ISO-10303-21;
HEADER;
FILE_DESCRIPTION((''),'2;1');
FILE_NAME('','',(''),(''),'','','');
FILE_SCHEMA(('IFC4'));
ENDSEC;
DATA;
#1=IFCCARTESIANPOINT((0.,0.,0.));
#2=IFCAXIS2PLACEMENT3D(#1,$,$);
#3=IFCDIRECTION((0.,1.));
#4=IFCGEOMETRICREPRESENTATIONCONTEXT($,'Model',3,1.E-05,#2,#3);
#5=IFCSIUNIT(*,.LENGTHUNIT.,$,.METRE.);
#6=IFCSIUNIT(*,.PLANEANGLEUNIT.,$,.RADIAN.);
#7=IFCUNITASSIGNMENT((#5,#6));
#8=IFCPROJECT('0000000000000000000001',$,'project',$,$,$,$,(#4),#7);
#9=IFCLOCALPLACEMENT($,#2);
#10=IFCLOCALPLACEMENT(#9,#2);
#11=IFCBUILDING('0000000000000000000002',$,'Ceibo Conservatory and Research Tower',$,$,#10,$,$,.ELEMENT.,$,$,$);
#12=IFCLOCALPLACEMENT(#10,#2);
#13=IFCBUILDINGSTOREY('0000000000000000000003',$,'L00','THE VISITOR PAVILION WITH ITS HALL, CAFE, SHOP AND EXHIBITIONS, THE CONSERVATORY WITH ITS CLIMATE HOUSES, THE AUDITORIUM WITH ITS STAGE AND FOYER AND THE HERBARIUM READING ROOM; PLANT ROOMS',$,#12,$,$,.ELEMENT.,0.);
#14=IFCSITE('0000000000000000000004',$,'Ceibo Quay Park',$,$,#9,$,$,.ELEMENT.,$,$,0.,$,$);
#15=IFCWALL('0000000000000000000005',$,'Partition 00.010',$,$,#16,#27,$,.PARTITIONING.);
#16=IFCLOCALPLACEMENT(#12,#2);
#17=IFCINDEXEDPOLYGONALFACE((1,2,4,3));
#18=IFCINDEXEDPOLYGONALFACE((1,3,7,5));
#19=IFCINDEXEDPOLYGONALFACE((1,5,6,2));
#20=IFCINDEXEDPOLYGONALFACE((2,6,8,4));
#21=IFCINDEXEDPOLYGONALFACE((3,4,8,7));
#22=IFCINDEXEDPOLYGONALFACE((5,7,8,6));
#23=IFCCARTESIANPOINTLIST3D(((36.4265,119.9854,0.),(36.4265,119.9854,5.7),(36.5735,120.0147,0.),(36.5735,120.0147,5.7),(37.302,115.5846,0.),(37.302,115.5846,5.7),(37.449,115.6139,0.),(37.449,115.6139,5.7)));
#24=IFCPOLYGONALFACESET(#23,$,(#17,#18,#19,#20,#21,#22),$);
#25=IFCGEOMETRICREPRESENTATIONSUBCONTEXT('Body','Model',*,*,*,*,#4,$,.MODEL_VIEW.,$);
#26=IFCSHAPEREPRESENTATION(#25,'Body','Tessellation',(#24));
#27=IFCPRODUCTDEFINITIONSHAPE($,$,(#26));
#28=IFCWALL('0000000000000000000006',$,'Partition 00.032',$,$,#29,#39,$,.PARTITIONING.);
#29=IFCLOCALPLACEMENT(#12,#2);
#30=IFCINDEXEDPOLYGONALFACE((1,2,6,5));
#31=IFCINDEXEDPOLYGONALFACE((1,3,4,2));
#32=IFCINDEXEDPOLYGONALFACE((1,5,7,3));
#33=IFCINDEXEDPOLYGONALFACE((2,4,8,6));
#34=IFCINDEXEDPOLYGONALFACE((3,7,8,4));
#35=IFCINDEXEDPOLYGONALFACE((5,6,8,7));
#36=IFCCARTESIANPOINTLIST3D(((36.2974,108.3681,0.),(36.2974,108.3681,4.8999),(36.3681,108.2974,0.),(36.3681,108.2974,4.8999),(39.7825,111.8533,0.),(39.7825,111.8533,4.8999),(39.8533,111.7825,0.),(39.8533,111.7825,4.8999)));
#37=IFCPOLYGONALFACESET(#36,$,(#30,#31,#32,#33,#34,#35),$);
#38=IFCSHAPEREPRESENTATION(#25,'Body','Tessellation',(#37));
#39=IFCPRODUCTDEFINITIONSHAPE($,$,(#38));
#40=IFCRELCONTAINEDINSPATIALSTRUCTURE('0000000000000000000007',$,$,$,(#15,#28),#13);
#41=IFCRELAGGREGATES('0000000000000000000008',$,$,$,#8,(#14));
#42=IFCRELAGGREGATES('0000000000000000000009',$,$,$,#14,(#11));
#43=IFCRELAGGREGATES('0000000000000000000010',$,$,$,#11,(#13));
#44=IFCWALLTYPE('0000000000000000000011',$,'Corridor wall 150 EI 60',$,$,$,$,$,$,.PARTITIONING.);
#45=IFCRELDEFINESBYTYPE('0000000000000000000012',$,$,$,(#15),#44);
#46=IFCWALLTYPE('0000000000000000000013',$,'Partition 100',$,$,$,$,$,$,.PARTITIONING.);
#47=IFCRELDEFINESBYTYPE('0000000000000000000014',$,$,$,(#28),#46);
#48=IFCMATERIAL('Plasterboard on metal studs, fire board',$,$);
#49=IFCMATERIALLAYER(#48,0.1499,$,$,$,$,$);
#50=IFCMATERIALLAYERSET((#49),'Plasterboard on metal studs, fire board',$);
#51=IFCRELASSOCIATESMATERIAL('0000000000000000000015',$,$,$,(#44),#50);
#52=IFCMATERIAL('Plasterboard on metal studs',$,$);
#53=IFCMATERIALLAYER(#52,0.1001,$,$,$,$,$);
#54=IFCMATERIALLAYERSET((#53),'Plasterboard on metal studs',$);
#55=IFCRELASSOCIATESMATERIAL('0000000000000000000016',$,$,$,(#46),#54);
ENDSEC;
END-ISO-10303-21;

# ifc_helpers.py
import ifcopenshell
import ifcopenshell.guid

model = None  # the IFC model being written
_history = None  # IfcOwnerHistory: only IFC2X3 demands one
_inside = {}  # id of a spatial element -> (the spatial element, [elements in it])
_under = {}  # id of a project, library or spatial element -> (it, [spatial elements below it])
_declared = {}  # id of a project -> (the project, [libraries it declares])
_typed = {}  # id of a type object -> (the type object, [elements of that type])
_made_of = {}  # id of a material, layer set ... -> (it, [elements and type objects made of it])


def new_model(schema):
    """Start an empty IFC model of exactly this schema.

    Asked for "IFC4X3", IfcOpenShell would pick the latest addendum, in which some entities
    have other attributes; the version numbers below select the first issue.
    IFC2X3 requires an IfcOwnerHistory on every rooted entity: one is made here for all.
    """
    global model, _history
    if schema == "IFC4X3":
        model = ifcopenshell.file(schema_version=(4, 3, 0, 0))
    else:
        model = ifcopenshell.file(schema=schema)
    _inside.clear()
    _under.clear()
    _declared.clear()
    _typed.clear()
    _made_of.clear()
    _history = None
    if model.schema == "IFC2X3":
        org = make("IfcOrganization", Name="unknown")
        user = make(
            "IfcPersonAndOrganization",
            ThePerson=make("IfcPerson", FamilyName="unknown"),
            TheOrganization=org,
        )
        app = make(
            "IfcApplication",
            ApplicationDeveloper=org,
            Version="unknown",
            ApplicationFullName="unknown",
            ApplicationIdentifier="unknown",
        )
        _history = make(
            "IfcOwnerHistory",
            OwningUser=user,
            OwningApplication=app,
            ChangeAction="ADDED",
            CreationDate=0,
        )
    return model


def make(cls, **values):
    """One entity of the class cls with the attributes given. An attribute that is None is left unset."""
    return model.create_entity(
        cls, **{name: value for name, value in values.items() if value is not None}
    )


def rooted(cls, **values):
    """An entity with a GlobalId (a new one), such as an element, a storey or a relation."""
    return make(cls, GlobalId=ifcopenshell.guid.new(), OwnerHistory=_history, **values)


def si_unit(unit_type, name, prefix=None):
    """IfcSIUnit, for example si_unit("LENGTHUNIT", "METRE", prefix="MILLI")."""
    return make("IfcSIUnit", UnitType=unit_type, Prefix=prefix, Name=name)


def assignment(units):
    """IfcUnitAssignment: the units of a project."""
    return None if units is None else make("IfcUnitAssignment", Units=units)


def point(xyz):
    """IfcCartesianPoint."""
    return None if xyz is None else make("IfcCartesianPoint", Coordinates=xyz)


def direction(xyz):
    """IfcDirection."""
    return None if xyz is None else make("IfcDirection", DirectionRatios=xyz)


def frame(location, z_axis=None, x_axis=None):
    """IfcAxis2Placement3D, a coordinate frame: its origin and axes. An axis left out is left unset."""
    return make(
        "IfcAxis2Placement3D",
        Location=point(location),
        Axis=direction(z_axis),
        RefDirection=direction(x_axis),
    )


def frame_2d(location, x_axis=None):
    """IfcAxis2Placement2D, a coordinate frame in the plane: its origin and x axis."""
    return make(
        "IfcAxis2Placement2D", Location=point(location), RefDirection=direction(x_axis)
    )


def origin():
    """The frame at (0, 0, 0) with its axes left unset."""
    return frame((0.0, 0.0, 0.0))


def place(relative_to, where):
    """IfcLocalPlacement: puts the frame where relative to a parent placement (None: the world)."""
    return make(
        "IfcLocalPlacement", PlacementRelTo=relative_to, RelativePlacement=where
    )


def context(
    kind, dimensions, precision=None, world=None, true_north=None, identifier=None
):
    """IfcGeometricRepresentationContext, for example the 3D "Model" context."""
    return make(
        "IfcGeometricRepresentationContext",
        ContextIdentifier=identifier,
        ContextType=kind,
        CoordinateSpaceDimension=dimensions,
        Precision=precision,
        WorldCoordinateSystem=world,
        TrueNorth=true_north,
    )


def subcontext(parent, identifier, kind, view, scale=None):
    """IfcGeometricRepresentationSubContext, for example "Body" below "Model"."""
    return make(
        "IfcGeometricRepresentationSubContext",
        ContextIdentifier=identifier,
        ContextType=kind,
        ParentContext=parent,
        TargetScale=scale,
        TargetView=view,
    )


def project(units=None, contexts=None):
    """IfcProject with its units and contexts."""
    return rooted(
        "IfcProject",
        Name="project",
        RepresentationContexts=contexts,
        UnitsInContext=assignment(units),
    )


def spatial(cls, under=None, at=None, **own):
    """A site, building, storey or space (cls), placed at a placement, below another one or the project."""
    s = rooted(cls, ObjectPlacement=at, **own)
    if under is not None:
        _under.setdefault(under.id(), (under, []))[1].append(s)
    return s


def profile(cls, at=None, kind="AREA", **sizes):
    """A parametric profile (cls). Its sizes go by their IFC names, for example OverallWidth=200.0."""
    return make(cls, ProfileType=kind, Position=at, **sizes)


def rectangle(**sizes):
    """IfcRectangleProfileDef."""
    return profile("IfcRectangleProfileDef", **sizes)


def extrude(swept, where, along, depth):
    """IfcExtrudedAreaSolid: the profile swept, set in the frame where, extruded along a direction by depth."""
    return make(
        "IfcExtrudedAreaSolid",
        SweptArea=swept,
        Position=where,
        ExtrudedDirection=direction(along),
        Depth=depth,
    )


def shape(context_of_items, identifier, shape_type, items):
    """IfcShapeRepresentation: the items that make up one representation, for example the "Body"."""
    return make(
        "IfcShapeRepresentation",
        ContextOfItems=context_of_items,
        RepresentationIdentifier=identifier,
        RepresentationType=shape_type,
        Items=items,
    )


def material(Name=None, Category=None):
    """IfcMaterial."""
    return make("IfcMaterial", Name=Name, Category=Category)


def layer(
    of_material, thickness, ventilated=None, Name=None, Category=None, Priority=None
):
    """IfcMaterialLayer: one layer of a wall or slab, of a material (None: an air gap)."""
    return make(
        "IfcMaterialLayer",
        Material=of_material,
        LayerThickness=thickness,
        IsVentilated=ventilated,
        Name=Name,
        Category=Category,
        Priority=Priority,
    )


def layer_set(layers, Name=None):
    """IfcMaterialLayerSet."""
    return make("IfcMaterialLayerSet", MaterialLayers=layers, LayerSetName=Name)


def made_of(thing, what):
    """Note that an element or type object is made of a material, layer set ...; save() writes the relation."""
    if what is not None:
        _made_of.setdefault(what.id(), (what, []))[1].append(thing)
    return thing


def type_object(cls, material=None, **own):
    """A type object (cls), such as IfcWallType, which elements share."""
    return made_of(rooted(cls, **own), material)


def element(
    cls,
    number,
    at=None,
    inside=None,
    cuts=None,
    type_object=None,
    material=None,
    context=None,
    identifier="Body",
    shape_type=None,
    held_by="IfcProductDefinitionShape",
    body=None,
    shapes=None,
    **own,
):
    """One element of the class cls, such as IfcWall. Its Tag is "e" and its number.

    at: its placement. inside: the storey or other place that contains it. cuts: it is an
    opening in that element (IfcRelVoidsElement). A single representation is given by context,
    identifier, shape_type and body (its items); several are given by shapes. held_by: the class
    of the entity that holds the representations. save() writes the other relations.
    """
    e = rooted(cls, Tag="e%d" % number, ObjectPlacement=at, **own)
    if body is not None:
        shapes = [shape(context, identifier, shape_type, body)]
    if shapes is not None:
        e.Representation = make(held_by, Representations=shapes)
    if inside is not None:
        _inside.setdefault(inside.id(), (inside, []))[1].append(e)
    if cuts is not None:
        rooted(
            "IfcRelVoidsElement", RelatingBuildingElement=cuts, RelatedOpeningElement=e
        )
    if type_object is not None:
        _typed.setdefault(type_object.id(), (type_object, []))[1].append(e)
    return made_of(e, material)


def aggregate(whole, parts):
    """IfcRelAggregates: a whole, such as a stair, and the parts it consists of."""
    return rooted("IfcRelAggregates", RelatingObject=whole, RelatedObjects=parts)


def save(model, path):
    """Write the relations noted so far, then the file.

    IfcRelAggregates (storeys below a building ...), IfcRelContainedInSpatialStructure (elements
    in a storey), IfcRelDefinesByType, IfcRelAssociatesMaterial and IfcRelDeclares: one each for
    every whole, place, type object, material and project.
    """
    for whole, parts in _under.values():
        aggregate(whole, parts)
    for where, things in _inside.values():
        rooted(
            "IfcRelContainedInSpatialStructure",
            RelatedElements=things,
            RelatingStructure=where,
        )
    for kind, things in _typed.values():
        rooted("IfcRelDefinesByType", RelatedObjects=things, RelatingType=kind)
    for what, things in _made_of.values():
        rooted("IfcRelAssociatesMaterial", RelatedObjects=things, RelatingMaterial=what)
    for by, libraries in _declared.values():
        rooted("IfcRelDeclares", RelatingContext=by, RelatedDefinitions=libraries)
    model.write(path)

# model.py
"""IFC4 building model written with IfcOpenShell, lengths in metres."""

from ifc_helpers import new_model, si_unit, direction, frame, frame_2d, origin, place, context, subcontext, project, spatial, rectangle, extrude, material, layer, layer_set, type_object, element, save


model = new_model("IFC4")

# Units and contexts
model_context = context("Model", 3, precision=1e-05, world=origin(), true_north=direction((0.0, 1.0)))
body_context = subcontext(model_context, "Body", "Model", "MODEL_VIEW")
ifc_project = project(units=[si_unit("LENGTHUNIT", "METRE"), si_unit("PLANEANGLEUNIT", "RADIAN")], contexts=[model_context])

# Site, building, storey
site_placement = place(None, origin())
site = spatial("IfcSite", under=ifc_project, at=site_placement, Name="Ceibo Quay Park", CompositionType="ELEMENT", RefElevation=0.0)
building_placement = place(site_placement, origin())
building = spatial("IfcBuilding", under=site, at=building_placement, Name="Ceibo Conservatory and Research Tower", CompositionType="ELEMENT")
storey_placement = place(building_placement, origin())
storey = spatial("IfcBuildingStorey", under=building, at=storey_placement, Name="L00", Description="THE VISITOR PAVILION WITH ITS HALL, CAFE, SHOP AND EXHIBITIONS, THE CONSERVATORY WITH ITS CLIMATE HOUSES, THE AUDITORIUM WITH ITS STAGE AND FOYER AND THE HERBARIUM READING ROOM; PLANT ROOMS", CompositionType="ELEMENT", Elevation=0.0)

# Shared definitions
ifc_material_1 = material(Name="Plasterboard on metal studs")

# Shared definitions
ifc_material_2 = material(Name="Plasterboard on metal studs, fire board")
ifc_layer_1 = layer(ifc_material_2, 0.1499)
ifc_layer_set_1 = layer_set([ifc_layer_1], Name="Plasterboard on metal studs, fire board")
wall_type_1 = type_object("IfcWallType", Name="Corridor wall 150 EI 60", PredefinedType="PARTITIONING", material=ifc_layer_set_1)

# Walls
wall_1_placement = place(storey_placement, frame((37.3755, 115.5991, 0.0), z_axis=(0.0, 0.0, 1.0), x_axis=(-0.195112, 0.980781, 0.0)))
element("IfcWall", 1, at=wall_1_placement, inside=storey, type_object=wall_type_1, Name="Partition 00.010", PredefinedType="PARTITIONING", context=body_context, shape_type="SweptSolid", body=[
    extrude(rectangle(XDim=4.4871, YDim=0.1499, at=frame_2d((2.2437, 0.0))), origin(), (0.0, 0.0, 1.0), 5.7),
])
ifc_layer_2 = layer(ifc_material_1, 0.1001)
ifc_layer_set_2 = layer_set([ifc_layer_2], Name="Plasterboard on metal studs")
wall_type_2 = type_object("IfcWallType", Name="Partition 100", PredefinedType="PARTITIONING", material=ifc_layer_set_2)
wall_2_placement = place(storey_placement, frame((39.8179, 111.8179, 0.0), z_axis=(0.0, 0.0, 1.0), x_axis=(-0.707107, -0.707107, 0.0)))
element("IfcWall", 2, at=wall_2_placement, inside=storey, type_object=wall_type_2, Name="Partition 00.032", PredefinedType="PARTITIONING", context=body_context, shape_type="SweptSolid", body=[
    extrude(rectangle(XDim=4.9287, YDim=0.1001, at=frame_2d((2.4644, 0.0))), origin(), (0.0, 0.0, 1.0), 4.8999),
])

save(model, "model.ifc")
